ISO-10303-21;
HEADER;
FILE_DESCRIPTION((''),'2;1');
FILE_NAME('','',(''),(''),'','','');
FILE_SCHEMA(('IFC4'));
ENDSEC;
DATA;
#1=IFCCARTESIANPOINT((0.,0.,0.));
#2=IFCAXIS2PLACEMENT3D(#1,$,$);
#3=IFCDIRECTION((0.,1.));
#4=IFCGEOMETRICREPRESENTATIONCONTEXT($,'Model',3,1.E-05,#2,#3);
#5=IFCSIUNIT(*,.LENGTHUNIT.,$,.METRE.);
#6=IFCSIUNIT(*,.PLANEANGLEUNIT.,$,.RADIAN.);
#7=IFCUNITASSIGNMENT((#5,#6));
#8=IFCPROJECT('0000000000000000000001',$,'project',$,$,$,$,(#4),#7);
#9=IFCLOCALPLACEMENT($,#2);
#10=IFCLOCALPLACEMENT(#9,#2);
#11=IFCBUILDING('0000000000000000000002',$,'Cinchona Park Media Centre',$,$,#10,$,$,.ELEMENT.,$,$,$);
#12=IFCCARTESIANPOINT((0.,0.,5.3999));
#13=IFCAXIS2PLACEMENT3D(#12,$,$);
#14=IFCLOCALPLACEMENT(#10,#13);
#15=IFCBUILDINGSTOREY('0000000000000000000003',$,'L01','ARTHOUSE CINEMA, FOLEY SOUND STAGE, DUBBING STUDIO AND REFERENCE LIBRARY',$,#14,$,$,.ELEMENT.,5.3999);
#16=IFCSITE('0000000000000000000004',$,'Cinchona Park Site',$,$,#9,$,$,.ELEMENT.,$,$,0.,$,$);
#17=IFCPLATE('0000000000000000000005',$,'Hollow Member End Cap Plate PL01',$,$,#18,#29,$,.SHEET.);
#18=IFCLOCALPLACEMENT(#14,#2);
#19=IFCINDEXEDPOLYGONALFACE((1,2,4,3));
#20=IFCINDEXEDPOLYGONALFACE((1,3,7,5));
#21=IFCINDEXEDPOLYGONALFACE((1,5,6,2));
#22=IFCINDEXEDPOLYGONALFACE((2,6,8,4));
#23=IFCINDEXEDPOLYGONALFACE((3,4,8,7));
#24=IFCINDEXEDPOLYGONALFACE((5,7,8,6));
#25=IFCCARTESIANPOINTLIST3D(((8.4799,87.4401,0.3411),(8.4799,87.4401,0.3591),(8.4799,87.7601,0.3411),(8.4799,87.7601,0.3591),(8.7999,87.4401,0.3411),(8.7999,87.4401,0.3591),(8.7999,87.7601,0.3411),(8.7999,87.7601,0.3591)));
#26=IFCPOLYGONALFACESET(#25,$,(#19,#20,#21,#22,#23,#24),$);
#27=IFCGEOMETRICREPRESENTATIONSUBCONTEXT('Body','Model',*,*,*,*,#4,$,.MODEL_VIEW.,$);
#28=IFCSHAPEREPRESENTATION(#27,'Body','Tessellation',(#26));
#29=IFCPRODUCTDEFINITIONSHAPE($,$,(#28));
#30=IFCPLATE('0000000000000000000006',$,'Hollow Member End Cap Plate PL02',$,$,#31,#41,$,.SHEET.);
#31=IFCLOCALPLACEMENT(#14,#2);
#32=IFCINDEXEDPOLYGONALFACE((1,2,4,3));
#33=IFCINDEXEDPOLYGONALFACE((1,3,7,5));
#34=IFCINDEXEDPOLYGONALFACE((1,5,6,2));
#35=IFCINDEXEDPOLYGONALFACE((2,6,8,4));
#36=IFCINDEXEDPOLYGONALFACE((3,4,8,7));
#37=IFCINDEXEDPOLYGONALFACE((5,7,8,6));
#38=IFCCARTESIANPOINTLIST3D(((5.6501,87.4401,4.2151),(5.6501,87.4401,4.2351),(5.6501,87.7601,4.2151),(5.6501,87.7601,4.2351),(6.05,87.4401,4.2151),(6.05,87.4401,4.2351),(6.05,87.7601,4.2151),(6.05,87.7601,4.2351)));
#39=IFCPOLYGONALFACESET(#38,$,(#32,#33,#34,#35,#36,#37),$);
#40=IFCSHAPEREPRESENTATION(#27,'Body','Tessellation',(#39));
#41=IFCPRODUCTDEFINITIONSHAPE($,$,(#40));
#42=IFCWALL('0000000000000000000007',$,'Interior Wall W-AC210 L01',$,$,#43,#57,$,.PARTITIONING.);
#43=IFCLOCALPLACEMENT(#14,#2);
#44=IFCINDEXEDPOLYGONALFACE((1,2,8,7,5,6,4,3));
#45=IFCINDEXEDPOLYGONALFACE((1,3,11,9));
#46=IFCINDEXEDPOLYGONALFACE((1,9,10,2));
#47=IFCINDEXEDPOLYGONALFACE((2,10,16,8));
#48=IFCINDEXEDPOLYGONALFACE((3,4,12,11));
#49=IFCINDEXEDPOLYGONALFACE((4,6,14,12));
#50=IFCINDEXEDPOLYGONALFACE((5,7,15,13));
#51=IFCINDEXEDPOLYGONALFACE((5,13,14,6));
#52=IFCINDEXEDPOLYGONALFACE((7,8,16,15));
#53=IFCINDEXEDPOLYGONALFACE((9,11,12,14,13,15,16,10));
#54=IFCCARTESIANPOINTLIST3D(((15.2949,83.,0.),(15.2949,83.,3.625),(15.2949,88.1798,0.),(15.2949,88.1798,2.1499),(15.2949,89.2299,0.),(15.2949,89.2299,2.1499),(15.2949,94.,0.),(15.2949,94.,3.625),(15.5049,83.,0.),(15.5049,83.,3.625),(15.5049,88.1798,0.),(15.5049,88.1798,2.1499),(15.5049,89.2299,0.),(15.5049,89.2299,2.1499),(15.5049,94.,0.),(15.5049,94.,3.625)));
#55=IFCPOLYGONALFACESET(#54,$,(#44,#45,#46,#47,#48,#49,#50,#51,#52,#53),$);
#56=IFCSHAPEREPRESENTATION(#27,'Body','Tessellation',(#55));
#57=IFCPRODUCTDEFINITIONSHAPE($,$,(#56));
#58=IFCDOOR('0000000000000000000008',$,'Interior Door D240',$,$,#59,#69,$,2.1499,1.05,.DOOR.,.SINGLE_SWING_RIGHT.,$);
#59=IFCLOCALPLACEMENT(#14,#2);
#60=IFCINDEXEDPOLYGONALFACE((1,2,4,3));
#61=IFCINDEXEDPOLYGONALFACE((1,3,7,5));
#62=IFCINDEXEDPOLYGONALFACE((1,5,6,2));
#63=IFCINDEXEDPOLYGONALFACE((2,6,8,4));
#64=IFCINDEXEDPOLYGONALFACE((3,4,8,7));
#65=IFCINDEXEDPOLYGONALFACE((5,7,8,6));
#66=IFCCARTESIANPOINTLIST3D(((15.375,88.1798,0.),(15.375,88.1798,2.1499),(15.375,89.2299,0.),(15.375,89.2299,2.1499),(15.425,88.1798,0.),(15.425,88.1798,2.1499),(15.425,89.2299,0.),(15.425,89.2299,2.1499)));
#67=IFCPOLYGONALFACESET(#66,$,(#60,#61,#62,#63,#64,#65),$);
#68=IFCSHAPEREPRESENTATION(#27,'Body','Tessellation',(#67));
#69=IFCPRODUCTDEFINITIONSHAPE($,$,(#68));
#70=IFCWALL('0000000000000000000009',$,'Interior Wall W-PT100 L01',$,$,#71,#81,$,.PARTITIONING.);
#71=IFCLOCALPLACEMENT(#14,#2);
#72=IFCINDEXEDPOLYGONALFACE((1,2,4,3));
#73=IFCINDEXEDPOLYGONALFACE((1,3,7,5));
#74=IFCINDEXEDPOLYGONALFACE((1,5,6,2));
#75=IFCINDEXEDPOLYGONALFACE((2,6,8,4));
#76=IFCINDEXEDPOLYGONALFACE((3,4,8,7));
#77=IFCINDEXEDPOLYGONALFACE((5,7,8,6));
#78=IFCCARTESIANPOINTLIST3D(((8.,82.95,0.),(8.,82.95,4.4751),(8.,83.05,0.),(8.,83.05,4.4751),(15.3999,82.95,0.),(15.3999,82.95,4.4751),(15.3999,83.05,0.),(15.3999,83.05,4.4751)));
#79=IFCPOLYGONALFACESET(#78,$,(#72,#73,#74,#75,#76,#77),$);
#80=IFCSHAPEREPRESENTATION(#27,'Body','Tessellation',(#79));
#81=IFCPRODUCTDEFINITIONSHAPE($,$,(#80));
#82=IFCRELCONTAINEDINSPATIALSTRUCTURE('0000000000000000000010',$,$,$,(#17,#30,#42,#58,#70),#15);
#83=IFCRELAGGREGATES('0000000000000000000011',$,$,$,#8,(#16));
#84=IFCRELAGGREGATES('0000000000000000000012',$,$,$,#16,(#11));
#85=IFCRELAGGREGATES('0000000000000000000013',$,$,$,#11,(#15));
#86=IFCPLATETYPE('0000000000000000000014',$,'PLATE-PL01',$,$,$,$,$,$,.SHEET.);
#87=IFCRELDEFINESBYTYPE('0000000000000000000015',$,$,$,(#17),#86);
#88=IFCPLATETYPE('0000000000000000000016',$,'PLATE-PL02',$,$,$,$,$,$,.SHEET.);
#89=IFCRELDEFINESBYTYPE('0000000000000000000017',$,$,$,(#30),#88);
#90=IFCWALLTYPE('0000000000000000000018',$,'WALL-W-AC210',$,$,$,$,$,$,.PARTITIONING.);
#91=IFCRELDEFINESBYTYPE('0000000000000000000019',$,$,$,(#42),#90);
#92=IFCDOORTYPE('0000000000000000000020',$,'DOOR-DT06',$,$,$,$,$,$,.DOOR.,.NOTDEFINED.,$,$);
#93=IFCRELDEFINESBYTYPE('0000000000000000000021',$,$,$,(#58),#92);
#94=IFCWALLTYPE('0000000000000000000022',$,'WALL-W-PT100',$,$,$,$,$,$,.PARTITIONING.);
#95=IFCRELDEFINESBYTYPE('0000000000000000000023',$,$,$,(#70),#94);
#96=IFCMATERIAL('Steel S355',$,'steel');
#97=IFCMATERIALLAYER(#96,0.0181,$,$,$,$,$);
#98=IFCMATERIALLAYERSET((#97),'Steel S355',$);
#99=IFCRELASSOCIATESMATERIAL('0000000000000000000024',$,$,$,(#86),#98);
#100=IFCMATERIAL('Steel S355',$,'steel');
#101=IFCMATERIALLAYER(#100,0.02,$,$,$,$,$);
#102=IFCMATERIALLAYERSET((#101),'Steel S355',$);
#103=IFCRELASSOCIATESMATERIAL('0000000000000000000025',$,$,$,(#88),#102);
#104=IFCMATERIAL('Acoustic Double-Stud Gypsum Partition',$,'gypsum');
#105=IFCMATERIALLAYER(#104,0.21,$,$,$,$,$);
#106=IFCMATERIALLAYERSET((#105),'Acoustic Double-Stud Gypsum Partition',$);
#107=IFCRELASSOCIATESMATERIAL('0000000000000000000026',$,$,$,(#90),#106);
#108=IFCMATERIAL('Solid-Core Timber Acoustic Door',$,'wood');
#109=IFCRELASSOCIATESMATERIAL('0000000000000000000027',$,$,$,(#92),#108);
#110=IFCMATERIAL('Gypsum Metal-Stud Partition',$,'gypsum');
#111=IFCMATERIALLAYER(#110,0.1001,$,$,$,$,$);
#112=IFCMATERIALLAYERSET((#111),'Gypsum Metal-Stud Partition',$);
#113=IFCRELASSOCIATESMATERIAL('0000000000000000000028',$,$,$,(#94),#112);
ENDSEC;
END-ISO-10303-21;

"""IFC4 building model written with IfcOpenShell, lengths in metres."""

from ifc_helpers import new_model, si_unit, direction, frame, frame_2d, origin, origin_2d, place, context, subcontext, project, spatial, rectangle, extrude, material, layer, layer_set, type_object, element, fill, save


model = new_model("IFC4")

# Units and contexts
model_context = context("Model", 3, precision=1e-05, world=origin(), true_north=direction((0.0, 1.0)))
body_context = subcontext(model_context, "Body", "Model", "MODEL_VIEW")
ifc_project = project(units=[si_unit("LENGTHUNIT", "METRE"), si_unit("PLANEANGLEUNIT", "RADIAN")], contexts=[model_context])

# Site, building, storey
site_placement = place(None, origin())
site = spatial("IfcSite", under=ifc_project, at=site_placement, Name="Cinchona Park Site", CompositionType="ELEMENT", RefElevation=0.0)
building_placement = place(site_placement, origin())
building = spatial("IfcBuilding", under=site, at=building_placement, Name="Cinchona Park Media Centre", CompositionType="ELEMENT")
storey_placement = place(building_placement, frame((0.0, 0.0, 5.3999)))
storey = spatial("IfcBuildingStorey", under=building, at=storey_placement, Name="L01", Description="ARTHOUSE CINEMA, FOLEY SOUND STAGE, DUBBING STUDIO AND REFERENCE LIBRARY", CompositionType="ELEMENT", Elevation=5.3999)

# Plates
ifc_material_1 = material(Name="Steel S355", Category="steel")
ifc_layer_1 = layer(ifc_material_1, 0.0181)
ifc_layer_set_1 = layer_set([ifc_layer_1], Name="Steel S355")
plate_type_1 = type_object("IfcPlateType", Name="PLATE-PL01", PredefinedType="SHEET", material=ifc_layer_set_1)
plate_1_placement = place(storey_placement, frame((8.6399, 87.6001, 0.3411), z_axis=(0.0, 0.0, 1.0), x_axis=(1.0, 0.0, 0.0)))
element("IfcPlate", 1, at=plate_1_placement, inside=storey, type_object=plate_type_1, Name="Hollow Member End Cap Plate PL01", PredefinedType="SHEET", context=body_context, shape_type="SweptSolid", body=[
    extrude(rectangle(XDim=0.3201, YDim=0.3201, at=origin_2d()), origin(), (0.0, 0.0, 1.0), 0.0181),
])
ifc_material_2 = material(Name="Steel S355", Category="steel")
ifc_layer_2 = layer(ifc_material_2, 0.02)
ifc_layer_set_2 = layer_set([ifc_layer_2], Name="Steel S355")
plate_type_2 = type_object("IfcPlateType", Name="PLATE-PL02", PredefinedType="SHEET", material=ifc_layer_set_2)
plate_2_placement = place(storey_placement, frame((5.8501, 87.6001, 4.2151), z_axis=(0.0, 0.0, 1.0), x_axis=(1.0, 0.0, 0.0)))
element("IfcPlate", 2, at=plate_2_placement, inside=storey, type_object=plate_type_2, Name="Hollow Member End Cap Plate PL02", PredefinedType="SHEET", context=body_context, shape_type="SweptSolid", body=[
    extrude(rectangle(XDim=0.3999, YDim=0.3201, at=origin_2d()), origin(), (0.0, 0.0, 1.0), 0.02),
])

# Wall, opening, door
ifc_material_3 = material(Name="Acoustic Double-Stud Gypsum Partition", Category="gypsum")
ifc_layer_3 = layer(ifc_material_3, 0.21)
ifc_layer_set_3 = layer_set([ifc_layer_3], Name="Acoustic Double-Stud Gypsum Partition")
wall_type_1 = type_object("IfcWallType", Name="WALL-W-AC210", PredefinedType="PARTITIONING", material=ifc_layer_set_3)
wall_1_placement = place(storey_placement, frame((15.3999, 83.0, 0.0), z_axis=(0.0, 0.0, 1.0), x_axis=(0.0, 1.0, 0.0)))
wall_1 = element("IfcWall", 3, at=wall_1_placement, inside=storey, type_object=wall_type_1, Name="Interior Wall W-AC210 L01", PredefinedType="PARTITIONING", context=body_context, shape_type="SweptSolid", body=[
    extrude(rectangle(XDim=11.0, YDim=0.21, at=frame_2d((5.5, 0.0))), origin(), (0.0, 0.0, 1.0), 3.625),
])
opening_placement = place(wall_1_placement, frame((5.1799, 0.0, 0.0)))
opening = element("IfcOpeningElement", 4, at=opening_placement, cuts=wall_1, PredefinedType="OPENING", context=body_context, shape_type="SweptSolid", body=[
    extrude(rectangle(XDim=1.05, YDim=2.1499, at=frame_2d((0.5249, 1.075))), frame((0.0, 0.115, 0.0), z_axis=(0.0, -1.0, 0.0), x_axis=(1.0, 0.0, 0.0)), (0.0, 0.0, 1.0), 0.23),
])
ifc_material_4 = material(Name="Solid-Core Timber Acoustic Door", Category="wood")
door_type = type_object("IfcDoorType", Name="DOOR-DT06", OperationType="NOTDEFINED", PredefinedType="DOOR", material=ifc_material_4)
door_placement = place(opening_placement, origin())
door = element("IfcDoor", 5, at=door_placement, inside=storey, type_object=door_type, Name="Interior Door D240", OperationType="SINGLE_SWING_RIGHT", OverallHeight=2.1499, OverallWidth=1.05, PredefinedType="DOOR", context=body_context, shape_type="SweptSolid", body=[
    extrude(rectangle(XDim=1.05, YDim=2.1499, at=frame_2d((0.5249, 1.075))), frame((0.0, 0.0249, 0.0), z_axis=(0.0, -1.0, 0.0), x_axis=(1.0, 0.0, 0.0)), (0.0, 0.0, 1.0), 0.05),
])
fill(opening, door)

# Wall
ifc_material_5 = material(Name="Gypsum Metal-Stud Partition", Category="gypsum")
ifc_layer_4 = layer(ifc_material_5, 0.1001)
ifc_layer_set_4 = layer_set([ifc_layer_4], Name="Gypsum Metal-Stud Partition")
wall_type_2 = type_object("IfcWallType", Name="WALL-W-PT100", PredefinedType="PARTITIONING", material=ifc_layer_set_4)
wall_2_placement = place(storey_placement, frame((8.0, 83.0, 0.0), z_axis=(0.0, 0.0, 1.0), x_axis=(1.0, 0.0, 0.0)))
element("IfcWall", 6, at=wall_2_placement, inside=storey, type_object=wall_type_2, Name="Interior Wall W-PT100 L01", PredefinedType="PARTITIONING", context=body_context, shape_type="SweptSolid", body=[
    extrude(rectangle(XDim=7.3999, YDim=0.1001, at=frame_2d((3.7, 0.0))), origin(), (0.0, 0.0, 1.0), 4.4751),
])

save(model, "model.ifc")
